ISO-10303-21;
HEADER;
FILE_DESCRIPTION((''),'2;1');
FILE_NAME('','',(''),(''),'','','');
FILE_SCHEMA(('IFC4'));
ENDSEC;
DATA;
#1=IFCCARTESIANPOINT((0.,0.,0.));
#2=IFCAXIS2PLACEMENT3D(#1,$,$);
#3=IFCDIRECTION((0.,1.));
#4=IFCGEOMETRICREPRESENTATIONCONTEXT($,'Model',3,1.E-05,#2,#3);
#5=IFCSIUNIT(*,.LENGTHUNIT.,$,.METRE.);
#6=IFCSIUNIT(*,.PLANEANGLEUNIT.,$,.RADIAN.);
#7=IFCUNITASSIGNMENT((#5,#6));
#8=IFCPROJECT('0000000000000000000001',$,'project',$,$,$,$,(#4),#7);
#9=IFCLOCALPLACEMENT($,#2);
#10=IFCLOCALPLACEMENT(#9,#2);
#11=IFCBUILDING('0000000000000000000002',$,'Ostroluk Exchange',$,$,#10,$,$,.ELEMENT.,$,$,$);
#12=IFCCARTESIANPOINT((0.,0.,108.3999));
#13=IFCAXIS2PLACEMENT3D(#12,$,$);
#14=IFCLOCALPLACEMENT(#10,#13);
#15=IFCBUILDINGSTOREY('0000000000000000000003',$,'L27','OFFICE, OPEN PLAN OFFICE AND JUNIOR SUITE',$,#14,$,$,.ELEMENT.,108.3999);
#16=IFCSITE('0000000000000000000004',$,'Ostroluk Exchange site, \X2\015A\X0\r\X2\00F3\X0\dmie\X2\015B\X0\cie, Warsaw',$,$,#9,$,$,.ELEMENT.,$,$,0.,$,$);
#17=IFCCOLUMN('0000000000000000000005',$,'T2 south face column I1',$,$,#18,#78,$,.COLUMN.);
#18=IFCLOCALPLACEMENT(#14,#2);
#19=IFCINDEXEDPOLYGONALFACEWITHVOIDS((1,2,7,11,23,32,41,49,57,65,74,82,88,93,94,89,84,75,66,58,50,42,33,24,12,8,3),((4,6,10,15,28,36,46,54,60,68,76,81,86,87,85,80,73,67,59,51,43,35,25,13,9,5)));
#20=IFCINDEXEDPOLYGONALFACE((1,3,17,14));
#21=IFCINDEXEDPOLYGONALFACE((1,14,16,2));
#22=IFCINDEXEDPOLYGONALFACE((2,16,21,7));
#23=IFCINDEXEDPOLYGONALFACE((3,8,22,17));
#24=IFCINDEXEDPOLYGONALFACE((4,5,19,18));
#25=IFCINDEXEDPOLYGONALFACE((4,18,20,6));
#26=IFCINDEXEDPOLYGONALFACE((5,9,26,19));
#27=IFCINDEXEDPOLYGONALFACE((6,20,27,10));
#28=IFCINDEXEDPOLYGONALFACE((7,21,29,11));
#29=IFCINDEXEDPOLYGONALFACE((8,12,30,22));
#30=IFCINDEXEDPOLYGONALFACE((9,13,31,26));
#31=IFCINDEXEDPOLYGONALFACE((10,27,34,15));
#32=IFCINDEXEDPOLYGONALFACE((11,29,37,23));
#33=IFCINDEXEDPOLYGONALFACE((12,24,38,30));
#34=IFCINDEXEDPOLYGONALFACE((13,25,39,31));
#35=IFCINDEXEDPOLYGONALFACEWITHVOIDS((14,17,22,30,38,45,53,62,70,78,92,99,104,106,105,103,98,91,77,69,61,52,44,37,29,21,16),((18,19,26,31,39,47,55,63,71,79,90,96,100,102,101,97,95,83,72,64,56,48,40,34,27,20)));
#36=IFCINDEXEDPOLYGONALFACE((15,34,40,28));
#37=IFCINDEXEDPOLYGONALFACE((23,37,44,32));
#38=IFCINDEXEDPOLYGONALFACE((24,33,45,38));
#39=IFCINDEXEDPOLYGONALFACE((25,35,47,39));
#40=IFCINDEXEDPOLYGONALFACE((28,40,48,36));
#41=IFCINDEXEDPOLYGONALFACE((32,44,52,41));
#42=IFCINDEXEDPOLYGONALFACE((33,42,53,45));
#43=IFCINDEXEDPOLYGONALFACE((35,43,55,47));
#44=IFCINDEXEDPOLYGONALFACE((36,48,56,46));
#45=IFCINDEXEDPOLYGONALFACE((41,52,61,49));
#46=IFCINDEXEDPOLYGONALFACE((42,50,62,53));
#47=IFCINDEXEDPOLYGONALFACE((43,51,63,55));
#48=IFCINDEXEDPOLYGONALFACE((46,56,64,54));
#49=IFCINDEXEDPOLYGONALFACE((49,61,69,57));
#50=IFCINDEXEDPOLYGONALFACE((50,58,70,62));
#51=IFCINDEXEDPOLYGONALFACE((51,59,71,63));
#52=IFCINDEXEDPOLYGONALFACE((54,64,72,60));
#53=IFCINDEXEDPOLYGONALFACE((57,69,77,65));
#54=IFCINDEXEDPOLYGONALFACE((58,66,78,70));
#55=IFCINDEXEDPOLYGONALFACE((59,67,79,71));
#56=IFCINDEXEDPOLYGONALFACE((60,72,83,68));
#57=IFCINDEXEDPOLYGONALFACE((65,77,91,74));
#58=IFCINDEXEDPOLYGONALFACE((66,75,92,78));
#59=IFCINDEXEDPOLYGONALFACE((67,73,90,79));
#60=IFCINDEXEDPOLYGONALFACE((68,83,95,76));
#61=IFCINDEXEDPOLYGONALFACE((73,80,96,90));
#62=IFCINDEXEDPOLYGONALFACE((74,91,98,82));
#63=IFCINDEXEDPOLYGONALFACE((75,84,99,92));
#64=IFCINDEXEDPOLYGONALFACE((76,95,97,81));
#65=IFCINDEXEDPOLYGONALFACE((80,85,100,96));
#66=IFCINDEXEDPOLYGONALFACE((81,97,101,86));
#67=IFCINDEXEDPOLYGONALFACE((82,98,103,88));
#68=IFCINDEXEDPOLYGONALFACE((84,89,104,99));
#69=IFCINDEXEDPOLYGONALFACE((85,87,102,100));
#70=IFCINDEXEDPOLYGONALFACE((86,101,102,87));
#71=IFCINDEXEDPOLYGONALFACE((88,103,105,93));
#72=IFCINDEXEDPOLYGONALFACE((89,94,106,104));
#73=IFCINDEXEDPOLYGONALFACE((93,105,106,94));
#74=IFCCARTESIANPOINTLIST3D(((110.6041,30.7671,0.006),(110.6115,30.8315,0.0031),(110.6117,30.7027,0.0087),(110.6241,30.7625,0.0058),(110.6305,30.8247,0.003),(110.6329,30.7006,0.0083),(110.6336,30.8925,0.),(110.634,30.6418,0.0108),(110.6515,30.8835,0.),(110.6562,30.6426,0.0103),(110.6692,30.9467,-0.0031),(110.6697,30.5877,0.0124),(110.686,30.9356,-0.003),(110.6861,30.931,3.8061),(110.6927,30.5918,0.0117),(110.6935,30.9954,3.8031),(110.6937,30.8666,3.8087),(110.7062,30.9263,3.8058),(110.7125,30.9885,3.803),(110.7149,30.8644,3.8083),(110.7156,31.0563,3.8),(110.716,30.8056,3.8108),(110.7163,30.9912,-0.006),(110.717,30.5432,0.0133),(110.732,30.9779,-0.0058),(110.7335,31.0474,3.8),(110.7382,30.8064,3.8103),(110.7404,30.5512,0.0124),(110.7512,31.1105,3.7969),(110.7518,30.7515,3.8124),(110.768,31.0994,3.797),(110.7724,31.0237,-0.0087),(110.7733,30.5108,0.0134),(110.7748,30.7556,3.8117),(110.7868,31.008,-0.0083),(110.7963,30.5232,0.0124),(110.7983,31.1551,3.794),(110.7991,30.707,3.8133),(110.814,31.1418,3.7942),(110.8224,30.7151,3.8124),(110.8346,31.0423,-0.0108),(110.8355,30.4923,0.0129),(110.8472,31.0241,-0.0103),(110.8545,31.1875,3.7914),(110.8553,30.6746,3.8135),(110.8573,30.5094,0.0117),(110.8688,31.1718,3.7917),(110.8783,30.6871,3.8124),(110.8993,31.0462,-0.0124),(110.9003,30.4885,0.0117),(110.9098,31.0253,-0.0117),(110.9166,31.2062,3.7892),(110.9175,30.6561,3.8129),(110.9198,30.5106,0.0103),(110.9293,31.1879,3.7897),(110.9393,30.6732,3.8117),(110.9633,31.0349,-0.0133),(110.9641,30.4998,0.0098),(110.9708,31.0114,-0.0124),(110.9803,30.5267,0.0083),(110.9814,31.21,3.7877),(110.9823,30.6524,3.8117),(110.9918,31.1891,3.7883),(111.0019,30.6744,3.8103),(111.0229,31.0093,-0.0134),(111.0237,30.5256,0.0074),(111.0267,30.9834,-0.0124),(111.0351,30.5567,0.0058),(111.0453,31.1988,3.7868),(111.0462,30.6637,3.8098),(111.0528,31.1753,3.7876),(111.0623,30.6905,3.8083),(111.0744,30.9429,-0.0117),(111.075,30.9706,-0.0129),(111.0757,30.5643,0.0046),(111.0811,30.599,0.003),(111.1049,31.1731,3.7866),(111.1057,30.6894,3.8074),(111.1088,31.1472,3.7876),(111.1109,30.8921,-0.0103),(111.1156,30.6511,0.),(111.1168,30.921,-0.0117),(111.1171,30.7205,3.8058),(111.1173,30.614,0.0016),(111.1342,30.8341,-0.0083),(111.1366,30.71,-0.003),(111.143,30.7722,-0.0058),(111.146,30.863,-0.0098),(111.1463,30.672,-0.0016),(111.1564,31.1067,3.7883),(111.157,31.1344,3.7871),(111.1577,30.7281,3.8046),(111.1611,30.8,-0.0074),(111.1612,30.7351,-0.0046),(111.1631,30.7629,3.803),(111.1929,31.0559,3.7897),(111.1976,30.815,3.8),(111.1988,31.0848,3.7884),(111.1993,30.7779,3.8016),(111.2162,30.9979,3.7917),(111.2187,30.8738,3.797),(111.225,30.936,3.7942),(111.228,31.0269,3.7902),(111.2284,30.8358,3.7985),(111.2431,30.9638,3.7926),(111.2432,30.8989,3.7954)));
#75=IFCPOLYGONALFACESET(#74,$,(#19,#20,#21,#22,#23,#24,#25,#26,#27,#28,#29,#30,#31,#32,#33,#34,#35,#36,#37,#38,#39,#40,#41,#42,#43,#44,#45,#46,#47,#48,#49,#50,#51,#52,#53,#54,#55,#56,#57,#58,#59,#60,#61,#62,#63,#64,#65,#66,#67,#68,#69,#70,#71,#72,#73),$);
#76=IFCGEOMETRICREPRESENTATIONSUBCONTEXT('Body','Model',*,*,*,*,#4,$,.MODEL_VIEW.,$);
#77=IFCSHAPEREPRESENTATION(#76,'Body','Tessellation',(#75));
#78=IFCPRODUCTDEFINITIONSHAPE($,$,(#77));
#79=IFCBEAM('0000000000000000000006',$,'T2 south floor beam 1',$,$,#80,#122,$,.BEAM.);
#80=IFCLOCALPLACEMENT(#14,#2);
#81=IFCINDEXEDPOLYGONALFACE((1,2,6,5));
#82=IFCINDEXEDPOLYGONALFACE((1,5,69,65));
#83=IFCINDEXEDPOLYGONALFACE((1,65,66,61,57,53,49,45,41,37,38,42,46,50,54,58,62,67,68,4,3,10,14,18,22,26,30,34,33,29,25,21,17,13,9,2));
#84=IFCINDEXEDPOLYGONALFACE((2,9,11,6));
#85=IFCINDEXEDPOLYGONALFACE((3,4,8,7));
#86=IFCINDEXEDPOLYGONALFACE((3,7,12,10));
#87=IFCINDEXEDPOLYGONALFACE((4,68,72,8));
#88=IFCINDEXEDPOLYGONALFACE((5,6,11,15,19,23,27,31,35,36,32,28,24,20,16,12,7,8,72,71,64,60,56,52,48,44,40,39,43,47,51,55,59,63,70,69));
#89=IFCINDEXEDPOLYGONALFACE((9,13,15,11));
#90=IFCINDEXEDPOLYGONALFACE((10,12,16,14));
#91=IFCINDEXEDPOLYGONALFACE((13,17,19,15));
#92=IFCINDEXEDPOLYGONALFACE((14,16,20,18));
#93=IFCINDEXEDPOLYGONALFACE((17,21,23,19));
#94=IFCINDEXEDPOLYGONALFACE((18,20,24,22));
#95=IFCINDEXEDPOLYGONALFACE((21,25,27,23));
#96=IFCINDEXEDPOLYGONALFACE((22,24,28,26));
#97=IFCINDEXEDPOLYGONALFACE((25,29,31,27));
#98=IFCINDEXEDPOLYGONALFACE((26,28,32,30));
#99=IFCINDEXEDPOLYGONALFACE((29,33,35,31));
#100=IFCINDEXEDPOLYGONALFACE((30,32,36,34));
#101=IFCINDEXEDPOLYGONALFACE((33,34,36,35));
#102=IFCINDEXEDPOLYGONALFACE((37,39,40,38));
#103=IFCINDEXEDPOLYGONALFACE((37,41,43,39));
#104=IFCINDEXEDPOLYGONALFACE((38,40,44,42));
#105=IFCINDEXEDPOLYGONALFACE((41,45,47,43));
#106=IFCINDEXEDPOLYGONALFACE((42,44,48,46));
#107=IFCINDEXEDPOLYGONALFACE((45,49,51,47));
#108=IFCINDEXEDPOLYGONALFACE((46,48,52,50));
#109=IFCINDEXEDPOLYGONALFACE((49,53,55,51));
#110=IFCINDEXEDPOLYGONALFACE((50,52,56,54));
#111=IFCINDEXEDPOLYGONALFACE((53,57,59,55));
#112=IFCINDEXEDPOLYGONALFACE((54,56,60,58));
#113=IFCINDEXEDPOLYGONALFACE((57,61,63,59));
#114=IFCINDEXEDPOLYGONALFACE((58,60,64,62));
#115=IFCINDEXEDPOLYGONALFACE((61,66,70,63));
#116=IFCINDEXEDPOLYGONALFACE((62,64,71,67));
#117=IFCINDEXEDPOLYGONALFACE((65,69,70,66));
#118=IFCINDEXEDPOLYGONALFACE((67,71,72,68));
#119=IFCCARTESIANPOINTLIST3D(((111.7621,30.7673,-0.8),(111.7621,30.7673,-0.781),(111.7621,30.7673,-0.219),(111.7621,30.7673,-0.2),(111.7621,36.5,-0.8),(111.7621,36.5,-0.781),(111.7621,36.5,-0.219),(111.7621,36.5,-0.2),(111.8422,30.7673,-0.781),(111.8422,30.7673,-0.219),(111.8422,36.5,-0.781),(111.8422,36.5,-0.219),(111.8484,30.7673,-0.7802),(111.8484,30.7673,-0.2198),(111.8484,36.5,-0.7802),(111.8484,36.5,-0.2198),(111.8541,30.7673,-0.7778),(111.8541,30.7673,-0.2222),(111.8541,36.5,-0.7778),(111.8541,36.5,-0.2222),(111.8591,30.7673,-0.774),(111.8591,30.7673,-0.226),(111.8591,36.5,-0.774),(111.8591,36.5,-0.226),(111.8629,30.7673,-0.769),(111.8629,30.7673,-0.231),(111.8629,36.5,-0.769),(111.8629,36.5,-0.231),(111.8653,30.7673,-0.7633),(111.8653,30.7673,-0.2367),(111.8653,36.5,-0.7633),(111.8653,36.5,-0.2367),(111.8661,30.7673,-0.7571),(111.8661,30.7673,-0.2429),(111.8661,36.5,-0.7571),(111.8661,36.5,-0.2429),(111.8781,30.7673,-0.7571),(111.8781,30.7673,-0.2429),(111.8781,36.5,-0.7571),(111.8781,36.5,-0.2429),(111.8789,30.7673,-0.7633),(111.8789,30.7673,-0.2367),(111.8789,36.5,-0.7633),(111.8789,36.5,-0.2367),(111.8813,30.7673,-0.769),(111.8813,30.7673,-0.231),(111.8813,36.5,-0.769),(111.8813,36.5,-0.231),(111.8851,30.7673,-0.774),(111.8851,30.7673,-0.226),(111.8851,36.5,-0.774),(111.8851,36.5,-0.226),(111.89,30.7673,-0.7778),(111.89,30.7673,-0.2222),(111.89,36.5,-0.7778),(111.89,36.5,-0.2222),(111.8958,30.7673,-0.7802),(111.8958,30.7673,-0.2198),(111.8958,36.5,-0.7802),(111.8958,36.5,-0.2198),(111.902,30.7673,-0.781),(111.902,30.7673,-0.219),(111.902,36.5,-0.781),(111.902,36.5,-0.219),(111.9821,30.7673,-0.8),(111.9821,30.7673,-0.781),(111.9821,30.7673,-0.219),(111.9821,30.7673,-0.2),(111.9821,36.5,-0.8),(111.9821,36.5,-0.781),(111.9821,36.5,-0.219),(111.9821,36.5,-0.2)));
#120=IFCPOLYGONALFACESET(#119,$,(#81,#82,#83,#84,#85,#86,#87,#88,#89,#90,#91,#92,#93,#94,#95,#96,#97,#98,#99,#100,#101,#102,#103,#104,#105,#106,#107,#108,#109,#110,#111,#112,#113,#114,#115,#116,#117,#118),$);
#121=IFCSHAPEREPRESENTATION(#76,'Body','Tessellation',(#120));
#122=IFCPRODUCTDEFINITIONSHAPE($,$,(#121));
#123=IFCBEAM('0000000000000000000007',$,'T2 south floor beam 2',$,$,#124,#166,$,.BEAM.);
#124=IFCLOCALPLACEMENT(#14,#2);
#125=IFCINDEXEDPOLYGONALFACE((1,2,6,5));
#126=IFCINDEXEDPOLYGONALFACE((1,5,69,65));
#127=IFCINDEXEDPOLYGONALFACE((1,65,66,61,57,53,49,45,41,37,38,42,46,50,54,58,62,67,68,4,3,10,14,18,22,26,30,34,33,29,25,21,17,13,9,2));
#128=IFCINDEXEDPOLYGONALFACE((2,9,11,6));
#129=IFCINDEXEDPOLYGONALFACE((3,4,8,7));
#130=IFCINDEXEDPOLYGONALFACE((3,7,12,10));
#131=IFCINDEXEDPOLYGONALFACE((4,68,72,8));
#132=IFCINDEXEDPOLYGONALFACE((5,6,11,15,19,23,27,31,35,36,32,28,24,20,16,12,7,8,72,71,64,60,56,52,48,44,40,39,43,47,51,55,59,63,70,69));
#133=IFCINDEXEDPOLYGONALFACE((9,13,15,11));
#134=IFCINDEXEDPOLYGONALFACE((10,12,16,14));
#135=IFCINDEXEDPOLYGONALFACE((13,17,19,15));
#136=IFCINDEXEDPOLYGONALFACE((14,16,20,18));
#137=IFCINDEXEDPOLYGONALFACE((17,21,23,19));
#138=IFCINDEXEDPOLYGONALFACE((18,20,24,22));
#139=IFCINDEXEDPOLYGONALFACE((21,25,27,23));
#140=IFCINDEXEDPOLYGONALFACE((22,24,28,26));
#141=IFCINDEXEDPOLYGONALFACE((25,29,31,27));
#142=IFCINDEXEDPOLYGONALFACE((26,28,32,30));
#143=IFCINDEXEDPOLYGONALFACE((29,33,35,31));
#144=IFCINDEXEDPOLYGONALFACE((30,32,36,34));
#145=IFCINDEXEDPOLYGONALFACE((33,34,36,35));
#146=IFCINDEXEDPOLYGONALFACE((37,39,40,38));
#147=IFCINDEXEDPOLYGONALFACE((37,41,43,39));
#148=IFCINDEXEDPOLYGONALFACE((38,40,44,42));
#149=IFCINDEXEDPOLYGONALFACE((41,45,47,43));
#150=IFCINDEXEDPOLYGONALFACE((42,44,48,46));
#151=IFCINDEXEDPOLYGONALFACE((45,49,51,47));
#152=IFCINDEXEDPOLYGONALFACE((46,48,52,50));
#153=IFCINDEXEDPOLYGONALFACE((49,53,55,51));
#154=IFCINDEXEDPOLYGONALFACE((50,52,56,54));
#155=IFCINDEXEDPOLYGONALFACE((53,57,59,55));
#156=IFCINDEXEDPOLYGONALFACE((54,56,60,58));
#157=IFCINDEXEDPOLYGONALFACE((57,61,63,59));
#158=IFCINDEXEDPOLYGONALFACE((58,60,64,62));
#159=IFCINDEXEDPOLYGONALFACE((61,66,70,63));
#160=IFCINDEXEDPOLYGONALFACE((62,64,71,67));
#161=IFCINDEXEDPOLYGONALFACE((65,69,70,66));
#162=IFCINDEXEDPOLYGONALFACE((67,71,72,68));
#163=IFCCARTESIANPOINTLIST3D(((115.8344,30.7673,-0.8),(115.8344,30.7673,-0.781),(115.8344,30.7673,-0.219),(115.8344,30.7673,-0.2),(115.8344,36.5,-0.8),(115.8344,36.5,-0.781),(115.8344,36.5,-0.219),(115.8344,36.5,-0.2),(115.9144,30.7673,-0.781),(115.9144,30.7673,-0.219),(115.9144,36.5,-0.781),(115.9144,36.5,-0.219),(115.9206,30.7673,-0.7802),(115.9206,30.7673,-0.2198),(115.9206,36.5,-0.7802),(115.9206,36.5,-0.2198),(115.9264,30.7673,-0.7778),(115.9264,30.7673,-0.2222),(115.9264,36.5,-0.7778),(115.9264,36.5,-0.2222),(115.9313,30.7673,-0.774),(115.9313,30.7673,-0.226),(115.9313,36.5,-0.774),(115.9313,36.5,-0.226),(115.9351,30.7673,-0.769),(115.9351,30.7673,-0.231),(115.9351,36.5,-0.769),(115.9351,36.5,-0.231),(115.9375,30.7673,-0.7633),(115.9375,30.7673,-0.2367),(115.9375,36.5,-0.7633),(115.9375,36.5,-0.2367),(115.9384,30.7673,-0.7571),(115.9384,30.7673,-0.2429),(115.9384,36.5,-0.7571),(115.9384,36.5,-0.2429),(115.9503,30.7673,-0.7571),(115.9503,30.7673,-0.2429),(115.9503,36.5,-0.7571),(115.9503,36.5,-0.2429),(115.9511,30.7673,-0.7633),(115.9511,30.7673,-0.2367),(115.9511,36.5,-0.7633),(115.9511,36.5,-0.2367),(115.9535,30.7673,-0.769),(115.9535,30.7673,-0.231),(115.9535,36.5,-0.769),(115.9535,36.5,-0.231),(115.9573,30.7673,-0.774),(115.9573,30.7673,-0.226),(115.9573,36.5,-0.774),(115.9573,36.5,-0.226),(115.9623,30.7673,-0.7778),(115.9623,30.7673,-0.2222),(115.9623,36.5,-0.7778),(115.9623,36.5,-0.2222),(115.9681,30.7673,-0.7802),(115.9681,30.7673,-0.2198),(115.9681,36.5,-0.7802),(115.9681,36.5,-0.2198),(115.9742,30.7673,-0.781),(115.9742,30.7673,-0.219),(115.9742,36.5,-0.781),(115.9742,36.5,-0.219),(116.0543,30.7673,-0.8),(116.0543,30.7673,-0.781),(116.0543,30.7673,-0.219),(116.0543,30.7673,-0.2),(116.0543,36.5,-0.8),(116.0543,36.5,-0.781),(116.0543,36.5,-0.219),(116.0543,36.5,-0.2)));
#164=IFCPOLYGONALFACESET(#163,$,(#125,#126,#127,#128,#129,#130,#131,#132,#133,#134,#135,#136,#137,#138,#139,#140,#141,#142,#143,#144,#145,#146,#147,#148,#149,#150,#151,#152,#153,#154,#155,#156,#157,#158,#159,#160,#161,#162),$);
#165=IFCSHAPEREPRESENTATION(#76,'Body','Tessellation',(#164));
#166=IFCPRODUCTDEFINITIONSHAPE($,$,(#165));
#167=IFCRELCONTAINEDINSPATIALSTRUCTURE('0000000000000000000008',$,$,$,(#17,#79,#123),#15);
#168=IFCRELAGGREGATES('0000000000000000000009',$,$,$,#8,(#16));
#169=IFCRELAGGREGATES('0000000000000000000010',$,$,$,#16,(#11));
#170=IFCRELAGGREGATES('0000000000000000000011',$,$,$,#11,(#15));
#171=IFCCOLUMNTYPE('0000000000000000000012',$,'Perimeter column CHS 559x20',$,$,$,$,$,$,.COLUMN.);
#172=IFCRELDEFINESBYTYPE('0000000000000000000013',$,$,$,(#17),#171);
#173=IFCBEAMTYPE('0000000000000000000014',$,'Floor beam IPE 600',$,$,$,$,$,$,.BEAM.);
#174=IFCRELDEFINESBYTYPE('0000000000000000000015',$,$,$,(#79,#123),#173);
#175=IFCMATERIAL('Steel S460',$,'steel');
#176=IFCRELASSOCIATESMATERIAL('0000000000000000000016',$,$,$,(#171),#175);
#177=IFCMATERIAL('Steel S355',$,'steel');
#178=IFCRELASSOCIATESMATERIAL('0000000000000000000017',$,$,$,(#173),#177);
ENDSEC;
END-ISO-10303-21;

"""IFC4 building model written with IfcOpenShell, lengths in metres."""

from ifc_helpers import new_model, si_unit, direction, frame, origin, origin_2d, place, context, subcontext, project, spatial, hollow_circle, i_section, extrude, material, material_profile, profile_set, type_object, element, save


model = new_model("IFC4")

# Units and contexts
model_context = context("Model", 3, precision=1e-05, world=origin(), true_north=direction((0.0, 1.0)))
body_context = subcontext(model_context, "Body", "Model", "MODEL_VIEW")
ifc_project = project(units=[si_unit("LENGTHUNIT", "METRE"), si_unit("PLANEANGLEUNIT", "RADIAN")], contexts=[model_context])

# Site, building, storey
site_placement = place(None, origin())
site = spatial("IfcSite", under=ifc_project, at=site_placement, Name="Ostroluk Exchange site, Śródmieście, Warsaw", CompositionType="ELEMENT", RefElevation=0.0)
building_placement = place(site_placement, origin())
building = spatial("IfcBuilding", under=site, at=building_placement, Name="Ostroluk Exchange", CompositionType="ELEMENT")
storey_placement = place(building_placement, frame((0.0, 0.0, 108.3999)))
storey = spatial("IfcBuildingStorey", under=building, at=storey_placement, Name="L27", Description="OFFICE, OPEN PLAN OFFICE AND JUNIOR SUITE", CompositionType="ELEMENT", Elevation=108.3999)

# Column
ifc_material_1 = material(Name="Steel S460", Category="steel")
ifc_material_profile_1 = material_profile(ifc_material_1, hollow_circle(Radius=0.2795, WallThickness=0.02, at=origin_2d()), Name="CHS 559x20")
ifc_profile_set_1 = profile_set([ifc_material_profile_1], Name="Steel S460")
column_type = type_object("IfcColumnType", Name="Perimeter column CHS 559x20", PredefinedType="COLUMN", material=ifc_profile_set_1)
column_placement = place(storey_placement, frame((110.8835, 30.7673, 0.0), z_axis=(0.021562, 0.04306, 0.99884), x_axis=(-0.894161, 0.447747, 0.0)))
element("IfcColumn", 1, at=column_placement, inside=storey, type_object=column_type, Name="T2 south face column I1", PredefinedType="COLUMN", context=body_context, shape_type="SweptSolid", body=[
    extrude(hollow_circle(Radius=0.2795, WallThickness=0.02, at=origin_2d()), origin(), (0.0, 0.0, 1.0), 3.8044),
])

# Beams
ifc_material_2 = material(Name="Steel S355", Category="steel")
ifc_material_profile_2 = material_profile(ifc_material_2, i_section(OverallWidth=0.22, OverallDepth=0.6001, WebThickness=0.012, FlangeThickness=0.019, FilletRadius=0.0239, at=origin_2d()), Name="IPE 600")
ifc_profile_set_2 = profile_set([ifc_material_profile_2], Name="Steel S355")
beam_type_1 = type_object("IfcBeamType", Name="Floor beam IPE 600", PredefinedType="BEAM", material=ifc_profile_set_2)
for number, where, z_axis, x_axis, name in (
    (2, (111.8721, 36.5, -0.5), (0.0, -1.0, 0.0), (1.0, 0.0, 0.0), "T2 south floor beam 1"),
    (3, (115.9443, 36.5, -0.5), (0.0, -1.0, 0.0), (1.0, 0.0, 0.0), "T2 south floor beam 2"),
):
    element("IfcBeam", number, at=place(storey_placement, frame(where, z_axis=z_axis, x_axis=x_axis)), inside=storey, type_object=beam_type_1, Name=name, PredefinedType="BEAM", context=body_context, shape_type="SweptSolid", body=[
        extrude(i_section(OverallWidth=0.22, OverallDepth=0.6001, WebThickness=0.012, FlangeThickness=0.019, FilletRadius=0.0239, at=origin_2d()), origin(), (0.0, 0.0, 1.0), 5.7327),
    ])

save(model, "model.ifc")
